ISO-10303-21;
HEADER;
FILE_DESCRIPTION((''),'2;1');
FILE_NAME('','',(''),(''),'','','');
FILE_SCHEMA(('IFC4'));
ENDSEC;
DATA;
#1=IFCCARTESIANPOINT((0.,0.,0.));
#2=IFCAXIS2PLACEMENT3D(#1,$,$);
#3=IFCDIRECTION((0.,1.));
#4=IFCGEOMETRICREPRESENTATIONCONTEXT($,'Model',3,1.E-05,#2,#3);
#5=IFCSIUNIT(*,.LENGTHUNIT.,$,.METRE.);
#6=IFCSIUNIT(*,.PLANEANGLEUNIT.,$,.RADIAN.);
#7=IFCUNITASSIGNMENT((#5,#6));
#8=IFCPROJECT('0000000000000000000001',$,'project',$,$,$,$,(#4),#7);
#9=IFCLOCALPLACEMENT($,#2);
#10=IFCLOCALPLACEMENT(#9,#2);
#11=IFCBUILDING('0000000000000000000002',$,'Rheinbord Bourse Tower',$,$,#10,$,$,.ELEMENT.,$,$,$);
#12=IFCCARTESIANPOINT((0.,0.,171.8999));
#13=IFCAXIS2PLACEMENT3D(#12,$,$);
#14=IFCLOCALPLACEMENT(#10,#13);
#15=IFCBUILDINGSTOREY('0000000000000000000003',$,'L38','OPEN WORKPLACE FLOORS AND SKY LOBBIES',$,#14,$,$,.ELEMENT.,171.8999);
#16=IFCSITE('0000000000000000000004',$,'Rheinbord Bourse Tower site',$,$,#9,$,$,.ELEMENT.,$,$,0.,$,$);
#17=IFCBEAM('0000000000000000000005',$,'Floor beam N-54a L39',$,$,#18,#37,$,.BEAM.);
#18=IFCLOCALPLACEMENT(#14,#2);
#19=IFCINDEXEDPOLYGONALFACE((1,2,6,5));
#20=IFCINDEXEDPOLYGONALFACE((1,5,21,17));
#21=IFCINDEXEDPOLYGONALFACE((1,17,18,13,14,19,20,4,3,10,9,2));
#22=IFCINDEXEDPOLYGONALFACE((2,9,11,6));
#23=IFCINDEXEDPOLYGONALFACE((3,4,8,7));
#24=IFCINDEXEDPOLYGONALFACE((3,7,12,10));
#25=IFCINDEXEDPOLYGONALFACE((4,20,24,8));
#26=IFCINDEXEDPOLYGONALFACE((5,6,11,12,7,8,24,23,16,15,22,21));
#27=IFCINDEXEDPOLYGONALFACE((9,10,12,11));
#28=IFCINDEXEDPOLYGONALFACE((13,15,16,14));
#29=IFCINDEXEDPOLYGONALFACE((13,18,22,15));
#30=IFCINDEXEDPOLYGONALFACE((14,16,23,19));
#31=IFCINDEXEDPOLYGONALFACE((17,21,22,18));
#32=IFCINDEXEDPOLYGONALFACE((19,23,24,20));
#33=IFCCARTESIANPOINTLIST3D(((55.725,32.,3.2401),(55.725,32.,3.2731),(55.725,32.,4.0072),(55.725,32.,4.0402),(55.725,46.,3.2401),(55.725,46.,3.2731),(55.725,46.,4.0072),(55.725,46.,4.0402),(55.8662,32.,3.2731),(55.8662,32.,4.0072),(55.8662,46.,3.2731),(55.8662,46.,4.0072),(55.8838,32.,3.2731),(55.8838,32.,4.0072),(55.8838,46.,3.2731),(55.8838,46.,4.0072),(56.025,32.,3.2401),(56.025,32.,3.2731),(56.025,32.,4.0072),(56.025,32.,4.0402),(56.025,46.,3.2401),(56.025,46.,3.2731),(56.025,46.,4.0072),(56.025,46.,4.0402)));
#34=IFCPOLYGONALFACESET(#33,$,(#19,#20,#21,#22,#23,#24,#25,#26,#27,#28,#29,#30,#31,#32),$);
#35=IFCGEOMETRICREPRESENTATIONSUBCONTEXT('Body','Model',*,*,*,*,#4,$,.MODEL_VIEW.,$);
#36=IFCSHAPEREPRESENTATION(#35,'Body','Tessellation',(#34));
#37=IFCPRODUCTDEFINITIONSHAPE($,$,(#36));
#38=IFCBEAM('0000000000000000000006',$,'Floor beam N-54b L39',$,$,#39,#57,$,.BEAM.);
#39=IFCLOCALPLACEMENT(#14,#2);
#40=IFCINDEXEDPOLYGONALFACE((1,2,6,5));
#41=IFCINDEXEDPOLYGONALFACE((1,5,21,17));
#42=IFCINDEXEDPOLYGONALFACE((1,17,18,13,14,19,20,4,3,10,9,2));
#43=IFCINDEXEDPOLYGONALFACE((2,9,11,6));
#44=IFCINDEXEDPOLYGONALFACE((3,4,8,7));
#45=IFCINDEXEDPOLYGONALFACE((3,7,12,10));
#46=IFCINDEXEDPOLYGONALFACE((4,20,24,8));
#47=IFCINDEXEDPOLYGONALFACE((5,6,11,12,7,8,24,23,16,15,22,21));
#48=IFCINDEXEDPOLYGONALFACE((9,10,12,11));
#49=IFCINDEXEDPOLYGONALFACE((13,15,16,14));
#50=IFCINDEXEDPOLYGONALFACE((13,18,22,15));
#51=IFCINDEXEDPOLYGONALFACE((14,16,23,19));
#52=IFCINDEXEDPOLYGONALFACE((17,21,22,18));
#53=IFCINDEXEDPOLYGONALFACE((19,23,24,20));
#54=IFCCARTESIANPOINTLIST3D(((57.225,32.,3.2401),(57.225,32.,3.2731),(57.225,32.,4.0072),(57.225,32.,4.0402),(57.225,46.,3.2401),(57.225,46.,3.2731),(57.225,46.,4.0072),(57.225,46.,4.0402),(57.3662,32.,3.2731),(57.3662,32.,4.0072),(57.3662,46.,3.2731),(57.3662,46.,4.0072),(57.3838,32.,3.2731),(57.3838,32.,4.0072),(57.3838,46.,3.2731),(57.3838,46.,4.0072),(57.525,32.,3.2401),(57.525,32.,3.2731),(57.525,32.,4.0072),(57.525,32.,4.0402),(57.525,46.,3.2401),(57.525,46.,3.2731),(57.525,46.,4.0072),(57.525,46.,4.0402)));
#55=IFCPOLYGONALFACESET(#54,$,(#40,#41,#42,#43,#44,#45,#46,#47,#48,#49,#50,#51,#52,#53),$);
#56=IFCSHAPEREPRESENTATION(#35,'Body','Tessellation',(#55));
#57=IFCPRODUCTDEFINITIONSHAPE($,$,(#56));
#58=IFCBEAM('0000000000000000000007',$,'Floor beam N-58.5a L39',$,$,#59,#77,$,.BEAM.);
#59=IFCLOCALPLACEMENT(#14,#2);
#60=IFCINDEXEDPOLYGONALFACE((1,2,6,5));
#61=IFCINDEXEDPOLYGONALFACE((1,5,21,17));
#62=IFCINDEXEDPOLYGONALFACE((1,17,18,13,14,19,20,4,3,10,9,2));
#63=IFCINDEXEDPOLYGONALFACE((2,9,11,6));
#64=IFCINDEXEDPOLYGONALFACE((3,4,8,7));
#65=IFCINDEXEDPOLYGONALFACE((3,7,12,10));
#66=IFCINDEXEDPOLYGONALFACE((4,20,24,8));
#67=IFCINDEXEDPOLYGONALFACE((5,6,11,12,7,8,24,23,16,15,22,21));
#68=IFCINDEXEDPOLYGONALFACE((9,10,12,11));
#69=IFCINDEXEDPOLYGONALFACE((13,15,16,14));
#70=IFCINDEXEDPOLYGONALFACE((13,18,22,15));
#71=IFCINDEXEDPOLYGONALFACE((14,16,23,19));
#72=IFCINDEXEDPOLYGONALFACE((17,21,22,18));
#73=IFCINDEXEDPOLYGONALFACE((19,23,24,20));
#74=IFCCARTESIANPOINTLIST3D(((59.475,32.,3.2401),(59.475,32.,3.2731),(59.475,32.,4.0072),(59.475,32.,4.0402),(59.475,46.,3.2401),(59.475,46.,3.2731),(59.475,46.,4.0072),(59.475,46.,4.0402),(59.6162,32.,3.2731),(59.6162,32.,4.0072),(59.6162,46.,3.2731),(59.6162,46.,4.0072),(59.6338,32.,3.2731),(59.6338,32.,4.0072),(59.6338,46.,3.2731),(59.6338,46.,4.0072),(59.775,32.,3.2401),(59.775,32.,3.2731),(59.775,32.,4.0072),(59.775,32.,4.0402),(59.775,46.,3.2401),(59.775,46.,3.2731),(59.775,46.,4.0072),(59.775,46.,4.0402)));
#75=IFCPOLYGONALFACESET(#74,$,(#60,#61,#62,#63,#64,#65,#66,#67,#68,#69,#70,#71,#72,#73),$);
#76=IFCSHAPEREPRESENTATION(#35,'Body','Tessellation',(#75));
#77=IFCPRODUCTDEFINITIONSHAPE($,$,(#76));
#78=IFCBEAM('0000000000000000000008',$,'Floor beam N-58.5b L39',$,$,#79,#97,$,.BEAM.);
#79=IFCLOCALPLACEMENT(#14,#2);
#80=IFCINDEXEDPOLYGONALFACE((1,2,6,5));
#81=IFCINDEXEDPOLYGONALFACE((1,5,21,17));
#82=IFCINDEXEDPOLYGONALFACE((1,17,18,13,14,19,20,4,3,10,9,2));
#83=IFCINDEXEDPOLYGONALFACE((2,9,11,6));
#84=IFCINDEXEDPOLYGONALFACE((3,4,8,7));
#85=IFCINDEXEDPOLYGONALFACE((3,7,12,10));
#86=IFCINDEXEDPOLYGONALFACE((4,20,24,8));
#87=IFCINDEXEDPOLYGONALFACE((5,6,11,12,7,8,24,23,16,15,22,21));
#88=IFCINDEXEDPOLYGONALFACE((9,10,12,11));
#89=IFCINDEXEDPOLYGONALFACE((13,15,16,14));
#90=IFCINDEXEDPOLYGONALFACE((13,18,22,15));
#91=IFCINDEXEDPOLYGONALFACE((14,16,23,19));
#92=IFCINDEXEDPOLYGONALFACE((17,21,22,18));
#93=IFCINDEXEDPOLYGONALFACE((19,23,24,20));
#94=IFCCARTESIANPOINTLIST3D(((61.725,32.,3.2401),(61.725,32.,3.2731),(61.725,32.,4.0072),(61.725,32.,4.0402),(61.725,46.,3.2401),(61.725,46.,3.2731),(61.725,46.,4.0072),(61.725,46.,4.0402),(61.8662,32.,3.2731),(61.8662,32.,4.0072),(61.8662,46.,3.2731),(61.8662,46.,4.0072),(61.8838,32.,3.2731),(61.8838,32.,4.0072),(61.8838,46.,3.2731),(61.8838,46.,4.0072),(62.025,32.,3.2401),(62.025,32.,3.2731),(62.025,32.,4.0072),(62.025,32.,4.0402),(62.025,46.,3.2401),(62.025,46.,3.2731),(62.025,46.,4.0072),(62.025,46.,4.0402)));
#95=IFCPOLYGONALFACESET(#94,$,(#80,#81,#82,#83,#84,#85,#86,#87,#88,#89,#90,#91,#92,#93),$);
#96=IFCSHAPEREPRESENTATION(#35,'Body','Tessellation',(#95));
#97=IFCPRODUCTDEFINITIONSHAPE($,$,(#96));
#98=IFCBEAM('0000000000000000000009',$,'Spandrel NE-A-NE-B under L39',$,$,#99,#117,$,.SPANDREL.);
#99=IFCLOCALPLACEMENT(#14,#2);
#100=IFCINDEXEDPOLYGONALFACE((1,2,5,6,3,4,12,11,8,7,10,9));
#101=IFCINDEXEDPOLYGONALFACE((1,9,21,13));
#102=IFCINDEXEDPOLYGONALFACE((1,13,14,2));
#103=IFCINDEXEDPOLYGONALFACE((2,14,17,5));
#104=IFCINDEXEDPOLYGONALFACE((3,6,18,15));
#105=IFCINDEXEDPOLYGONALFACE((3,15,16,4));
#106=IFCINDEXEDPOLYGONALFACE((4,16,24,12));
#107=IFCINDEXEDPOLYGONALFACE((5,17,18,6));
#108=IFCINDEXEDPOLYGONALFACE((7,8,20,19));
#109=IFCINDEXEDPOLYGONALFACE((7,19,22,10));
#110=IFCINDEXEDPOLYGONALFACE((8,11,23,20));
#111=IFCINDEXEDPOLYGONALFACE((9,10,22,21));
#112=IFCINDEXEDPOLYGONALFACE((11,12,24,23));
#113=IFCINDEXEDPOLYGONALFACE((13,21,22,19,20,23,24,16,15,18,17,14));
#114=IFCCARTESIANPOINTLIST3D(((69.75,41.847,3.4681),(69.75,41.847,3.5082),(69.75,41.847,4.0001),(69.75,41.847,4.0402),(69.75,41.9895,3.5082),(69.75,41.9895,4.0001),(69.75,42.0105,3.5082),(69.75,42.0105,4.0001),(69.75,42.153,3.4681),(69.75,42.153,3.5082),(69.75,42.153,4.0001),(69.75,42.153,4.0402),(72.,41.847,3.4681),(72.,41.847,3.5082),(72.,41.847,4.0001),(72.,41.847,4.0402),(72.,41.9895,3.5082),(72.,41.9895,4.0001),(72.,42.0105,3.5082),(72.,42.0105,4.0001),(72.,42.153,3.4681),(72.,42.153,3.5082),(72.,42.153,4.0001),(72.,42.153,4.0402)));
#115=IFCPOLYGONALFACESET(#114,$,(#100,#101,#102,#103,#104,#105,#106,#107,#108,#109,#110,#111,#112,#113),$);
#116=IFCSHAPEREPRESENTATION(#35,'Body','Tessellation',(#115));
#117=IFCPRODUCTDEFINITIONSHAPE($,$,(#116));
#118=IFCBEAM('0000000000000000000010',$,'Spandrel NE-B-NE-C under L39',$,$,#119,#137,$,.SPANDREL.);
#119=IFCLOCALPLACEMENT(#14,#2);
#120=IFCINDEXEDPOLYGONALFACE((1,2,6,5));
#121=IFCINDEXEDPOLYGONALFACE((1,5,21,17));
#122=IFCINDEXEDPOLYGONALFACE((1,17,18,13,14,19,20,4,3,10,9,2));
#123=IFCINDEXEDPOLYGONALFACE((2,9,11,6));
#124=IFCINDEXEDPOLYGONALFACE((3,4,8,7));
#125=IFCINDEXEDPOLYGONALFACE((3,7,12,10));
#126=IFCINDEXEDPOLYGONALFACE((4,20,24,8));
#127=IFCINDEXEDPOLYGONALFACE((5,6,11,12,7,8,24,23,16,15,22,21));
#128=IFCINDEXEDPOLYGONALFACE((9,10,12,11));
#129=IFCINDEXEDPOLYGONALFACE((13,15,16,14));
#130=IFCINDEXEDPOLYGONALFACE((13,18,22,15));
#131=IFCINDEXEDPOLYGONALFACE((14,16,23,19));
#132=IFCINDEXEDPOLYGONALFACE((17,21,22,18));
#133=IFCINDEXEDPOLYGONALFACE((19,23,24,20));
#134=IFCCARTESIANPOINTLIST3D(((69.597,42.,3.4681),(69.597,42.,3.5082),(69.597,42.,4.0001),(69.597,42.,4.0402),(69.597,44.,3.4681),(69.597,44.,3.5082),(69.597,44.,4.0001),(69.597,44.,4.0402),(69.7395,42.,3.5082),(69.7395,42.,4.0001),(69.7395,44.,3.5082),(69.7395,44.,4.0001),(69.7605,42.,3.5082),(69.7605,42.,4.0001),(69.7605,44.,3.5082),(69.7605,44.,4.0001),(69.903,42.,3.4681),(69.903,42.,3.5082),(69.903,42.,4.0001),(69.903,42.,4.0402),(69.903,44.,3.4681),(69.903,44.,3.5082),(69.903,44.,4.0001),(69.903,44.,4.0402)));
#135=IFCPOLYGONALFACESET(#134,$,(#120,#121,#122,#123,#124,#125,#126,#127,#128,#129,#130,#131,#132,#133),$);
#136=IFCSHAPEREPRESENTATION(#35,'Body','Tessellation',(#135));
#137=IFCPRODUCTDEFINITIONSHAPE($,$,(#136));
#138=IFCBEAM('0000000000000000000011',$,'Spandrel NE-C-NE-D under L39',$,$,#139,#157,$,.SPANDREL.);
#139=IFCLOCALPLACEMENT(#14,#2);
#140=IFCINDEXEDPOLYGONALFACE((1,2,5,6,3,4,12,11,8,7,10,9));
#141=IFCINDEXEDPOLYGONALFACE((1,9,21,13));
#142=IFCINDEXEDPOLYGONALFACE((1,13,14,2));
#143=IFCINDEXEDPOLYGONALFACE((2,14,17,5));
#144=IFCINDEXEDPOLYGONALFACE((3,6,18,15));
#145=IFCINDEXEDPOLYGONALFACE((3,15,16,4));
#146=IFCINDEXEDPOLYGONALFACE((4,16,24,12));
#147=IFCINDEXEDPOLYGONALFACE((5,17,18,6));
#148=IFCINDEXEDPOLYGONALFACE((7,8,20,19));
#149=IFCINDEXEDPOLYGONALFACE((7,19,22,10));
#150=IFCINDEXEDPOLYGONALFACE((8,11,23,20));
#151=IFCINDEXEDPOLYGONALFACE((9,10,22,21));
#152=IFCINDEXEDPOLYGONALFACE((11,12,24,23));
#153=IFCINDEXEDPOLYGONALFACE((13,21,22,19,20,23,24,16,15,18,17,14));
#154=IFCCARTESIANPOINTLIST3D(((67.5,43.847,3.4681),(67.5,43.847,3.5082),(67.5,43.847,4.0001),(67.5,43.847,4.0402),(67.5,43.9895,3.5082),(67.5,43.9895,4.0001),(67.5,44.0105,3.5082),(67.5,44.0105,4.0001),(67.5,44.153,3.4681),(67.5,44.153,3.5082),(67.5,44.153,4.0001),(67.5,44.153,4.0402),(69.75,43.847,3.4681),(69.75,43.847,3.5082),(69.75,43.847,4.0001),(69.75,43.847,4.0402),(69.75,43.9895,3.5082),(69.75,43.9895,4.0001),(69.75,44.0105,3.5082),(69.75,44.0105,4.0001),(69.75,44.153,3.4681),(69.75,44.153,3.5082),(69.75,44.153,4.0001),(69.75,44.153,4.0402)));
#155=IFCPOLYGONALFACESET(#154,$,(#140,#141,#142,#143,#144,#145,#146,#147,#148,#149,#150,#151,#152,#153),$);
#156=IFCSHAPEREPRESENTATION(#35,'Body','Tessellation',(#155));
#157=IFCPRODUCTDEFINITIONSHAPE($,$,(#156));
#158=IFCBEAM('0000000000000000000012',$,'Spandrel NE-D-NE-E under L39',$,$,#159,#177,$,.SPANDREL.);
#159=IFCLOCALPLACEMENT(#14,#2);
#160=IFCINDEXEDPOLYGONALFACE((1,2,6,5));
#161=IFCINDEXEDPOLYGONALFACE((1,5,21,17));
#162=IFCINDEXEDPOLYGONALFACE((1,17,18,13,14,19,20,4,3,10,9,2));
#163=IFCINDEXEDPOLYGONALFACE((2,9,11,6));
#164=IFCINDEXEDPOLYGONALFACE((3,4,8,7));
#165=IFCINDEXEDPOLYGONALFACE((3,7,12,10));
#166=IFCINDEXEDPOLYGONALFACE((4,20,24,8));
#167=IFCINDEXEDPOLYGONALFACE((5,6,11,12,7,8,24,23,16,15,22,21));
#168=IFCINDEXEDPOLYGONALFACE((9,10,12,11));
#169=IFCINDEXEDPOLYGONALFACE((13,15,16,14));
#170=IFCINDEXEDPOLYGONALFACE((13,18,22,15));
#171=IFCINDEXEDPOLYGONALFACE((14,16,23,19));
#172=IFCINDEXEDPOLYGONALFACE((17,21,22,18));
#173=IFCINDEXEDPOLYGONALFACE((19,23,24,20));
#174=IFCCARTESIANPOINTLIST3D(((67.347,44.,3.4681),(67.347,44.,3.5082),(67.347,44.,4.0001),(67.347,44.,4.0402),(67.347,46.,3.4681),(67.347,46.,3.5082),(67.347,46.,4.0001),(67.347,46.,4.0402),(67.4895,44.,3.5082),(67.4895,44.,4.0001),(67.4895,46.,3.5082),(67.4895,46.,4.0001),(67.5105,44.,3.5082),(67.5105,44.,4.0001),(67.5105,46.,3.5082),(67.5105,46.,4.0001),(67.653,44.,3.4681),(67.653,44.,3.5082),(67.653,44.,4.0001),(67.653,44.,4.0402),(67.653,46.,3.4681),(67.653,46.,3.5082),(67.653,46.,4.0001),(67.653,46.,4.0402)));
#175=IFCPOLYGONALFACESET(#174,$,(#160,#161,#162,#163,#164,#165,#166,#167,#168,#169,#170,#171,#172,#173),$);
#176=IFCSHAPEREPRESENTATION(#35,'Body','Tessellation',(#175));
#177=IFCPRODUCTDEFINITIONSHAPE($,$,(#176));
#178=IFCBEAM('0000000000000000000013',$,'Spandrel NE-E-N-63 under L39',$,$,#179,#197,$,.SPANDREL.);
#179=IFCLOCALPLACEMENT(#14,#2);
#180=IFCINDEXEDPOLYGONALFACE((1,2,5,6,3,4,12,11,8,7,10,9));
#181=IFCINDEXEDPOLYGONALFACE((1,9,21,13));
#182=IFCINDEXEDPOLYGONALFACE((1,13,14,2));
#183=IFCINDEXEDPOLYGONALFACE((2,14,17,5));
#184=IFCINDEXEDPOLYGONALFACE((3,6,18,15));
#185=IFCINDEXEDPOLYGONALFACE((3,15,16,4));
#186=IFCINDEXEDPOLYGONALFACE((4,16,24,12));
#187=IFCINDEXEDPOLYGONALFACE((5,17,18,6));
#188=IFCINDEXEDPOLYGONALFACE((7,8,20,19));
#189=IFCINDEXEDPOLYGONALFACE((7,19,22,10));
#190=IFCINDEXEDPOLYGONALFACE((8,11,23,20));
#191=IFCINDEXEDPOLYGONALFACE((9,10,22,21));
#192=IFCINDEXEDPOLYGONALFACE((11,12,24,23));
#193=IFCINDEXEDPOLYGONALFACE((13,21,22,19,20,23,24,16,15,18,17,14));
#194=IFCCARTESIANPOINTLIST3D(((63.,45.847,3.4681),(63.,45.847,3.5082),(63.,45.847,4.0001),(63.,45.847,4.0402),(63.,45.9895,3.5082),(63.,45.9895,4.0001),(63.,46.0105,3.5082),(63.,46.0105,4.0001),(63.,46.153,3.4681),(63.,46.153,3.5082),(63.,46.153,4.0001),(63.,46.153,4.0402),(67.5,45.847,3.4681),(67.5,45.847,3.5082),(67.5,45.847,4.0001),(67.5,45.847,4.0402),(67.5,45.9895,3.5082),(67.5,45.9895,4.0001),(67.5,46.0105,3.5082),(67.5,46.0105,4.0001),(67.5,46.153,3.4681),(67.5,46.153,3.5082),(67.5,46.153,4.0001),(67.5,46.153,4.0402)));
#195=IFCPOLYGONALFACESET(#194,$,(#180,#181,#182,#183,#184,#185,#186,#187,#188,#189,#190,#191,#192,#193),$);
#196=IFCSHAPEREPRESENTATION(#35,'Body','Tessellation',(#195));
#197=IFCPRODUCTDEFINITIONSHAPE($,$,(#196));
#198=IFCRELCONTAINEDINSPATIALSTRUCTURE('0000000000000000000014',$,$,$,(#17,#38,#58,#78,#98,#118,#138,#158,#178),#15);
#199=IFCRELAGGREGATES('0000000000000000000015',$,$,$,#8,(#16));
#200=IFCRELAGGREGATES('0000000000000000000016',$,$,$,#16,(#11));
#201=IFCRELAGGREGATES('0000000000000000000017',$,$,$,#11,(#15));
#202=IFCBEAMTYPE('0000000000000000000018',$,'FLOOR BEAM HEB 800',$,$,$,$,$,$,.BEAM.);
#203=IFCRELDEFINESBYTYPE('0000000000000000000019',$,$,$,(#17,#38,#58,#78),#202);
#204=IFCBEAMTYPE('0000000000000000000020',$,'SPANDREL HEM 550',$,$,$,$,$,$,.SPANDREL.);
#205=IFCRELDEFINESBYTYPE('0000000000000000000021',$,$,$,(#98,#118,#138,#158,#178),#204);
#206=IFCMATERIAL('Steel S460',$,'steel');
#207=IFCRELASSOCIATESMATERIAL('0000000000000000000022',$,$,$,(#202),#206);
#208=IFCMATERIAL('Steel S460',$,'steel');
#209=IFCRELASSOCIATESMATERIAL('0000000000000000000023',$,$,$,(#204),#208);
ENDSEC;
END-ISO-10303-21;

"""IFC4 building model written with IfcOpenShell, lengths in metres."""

from ifc_helpers import new_model, si_unit, direction, frame, origin, origin_2d, place, context, subcontext, project, spatial, i_section, extrude, material, material_profile, profile_set, type_object, element, save


model = new_model("IFC4")

# Units and contexts
model_context = context("Model", 3, precision=1e-05, world=origin(), true_north=direction((0.0, 1.0)))
body_context = subcontext(model_context, "Body", "Model", "MODEL_VIEW")
ifc_project = project(units=[si_unit("LENGTHUNIT", "METRE"), si_unit("PLANEANGLEUNIT", "RADIAN")], contexts=[model_context])

# Site, building, storey
site_placement = place(None, origin())
site = spatial("IfcSite", under=ifc_project, at=site_placement, Name="Rheinbord Bourse Tower site", CompositionType="ELEMENT", RefElevation=0.0)
building_placement = place(site_placement, origin())
building = spatial("IfcBuilding", under=site, at=building_placement, Name="Rheinbord Bourse Tower", CompositionType="ELEMENT")
storey_placement = place(building_placement, frame((0.0, 0.0, 171.8999)))
storey = spatial("IfcBuildingStorey", under=building, at=storey_placement, Name="L38", Description="OPEN WORKPLACE FLOORS AND SKY LOBBIES", CompositionType="ELEMENT", Elevation=171.8999)

# Beams
ifc_material_1 = material(Name="Steel S460", Category="steel")
ifc_material_profile_1 = material_profile(ifc_material_1, i_section(OverallWidth=0.3, OverallDepth=0.8, WebThickness=0.0176, FlangeThickness=0.033, at=origin_2d()), Name="HEB 800")
ifc_profile_set_1 = profile_set([ifc_material_profile_1], Name="Steel S460")
beam_type_1 = type_object("IfcBeamType", Name="FLOOR BEAM HEB 800", PredefinedType="BEAM", material=ifc_profile_set_1)
for number, where, z_axis, x_axis, name in (
    (1, (55.875, 46.0, 3.6401), (0.0, -1.0, 0.0), (1.0, 0.0, 0.0), "Floor beam N-54a L39"),
    (2, (57.375, 46.0, 3.6401), (0.0, -1.0, 0.0), (1.0, 0.0, 0.0), "Floor beam N-54b L39"),
    (3, (59.625, 46.0, 3.6401), (0.0, -1.0, 0.0), (1.0, 0.0, 0.0), "Floor beam N-58.5a L39"),
    (4, (61.875, 46.0, 3.6401), (0.0, -1.0, 0.0), (1.0, 0.0, 0.0), "Floor beam N-58.5b L39"),
):
    element("IfcBeam", number, at=place(storey_placement, frame(where, z_axis=z_axis, x_axis=x_axis)), inside=storey, type_object=beam_type_1, Name=name, PredefinedType="BEAM", context=body_context, shape_type="SweptSolid", body=[
        extrude(i_section(OverallWidth=0.3, OverallDepth=0.8, WebThickness=0.0176, FlangeThickness=0.033, at=origin_2d()), origin(), (0.0, 0.0, 1.0), 14.0),
    ])
ifc_material_2 = material(Name="Steel S460", Category="steel")
ifc_material_profile_2 = material_profile(ifc_material_2, i_section(OverallWidth=0.3059, OverallDepth=0.572, WebThickness=0.021, FlangeThickness=0.04, at=origin_2d()), Name="HEM 550")
ifc_profile_set_2 = profile_set([ifc_material_profile_2], Name="Steel S460")
beam_type_2 = type_object("IfcBeamType", Name="SPANDREL HEM 550", PredefinedType="SPANDREL", material=ifc_profile_set_2)
beam_1_placement = place(storey_placement, frame((72.0, 42.0, 3.7542), z_axis=(-1.0, 0.0, 0.0), x_axis=(0.0, -1.0, 0.0)))
element("IfcBeam", 5, at=beam_1_placement, inside=storey, type_object=beam_type_2, Name="Spandrel NE-A-NE-B under L39", PredefinedType="SPANDREL", context=body_context, shape_type="SweptSolid", body=[
    extrude(i_section(OverallWidth=0.3059, OverallDepth=0.572, WebThickness=0.021, FlangeThickness=0.04, at=origin_2d()), origin(), (0.0, 0.0, 1.0), 2.25),
])
beam_2_placement = place(storey_placement, frame((69.75, 42.0, 3.7542), z_axis=(0.0, 1.0, 0.0), x_axis=(-1.0, 0.0, 0.0)))
element("IfcBeam", 6, at=beam_2_placement, inside=storey, type_object=beam_type_2, Name="Spandrel NE-B-NE-C under L39", PredefinedType="SPANDREL", context=body_context, shape_type="SweptSolid", body=[
    extrude(i_section(OverallWidth=0.3059, OverallDepth=0.572, WebThickness=0.021, FlangeThickness=0.04, at=origin_2d()), origin(), (0.0, 0.0, 1.0), 2.0),
])
beam_3_placement = place(storey_placement, frame((69.75, 44.0, 3.7542), z_axis=(-1.0, 0.0, 0.0), x_axis=(0.0, -1.0, 0.0)))
element("IfcBeam", 7, at=beam_3_placement, inside=storey, type_object=beam_type_2, Name="Spandrel NE-C-NE-D under L39", PredefinedType="SPANDREL", context=body_context, shape_type="SweptSolid", body=[
    extrude(i_section(OverallWidth=0.3059, OverallDepth=0.572, WebThickness=0.021, FlangeThickness=0.04, at=origin_2d()), origin(), (0.0, 0.0, 1.0), 2.25),
])
beam_4_placement = place(storey_placement, frame((67.5, 44.0, 3.7542), z_axis=(0.0, 1.0, 0.0), x_axis=(-1.0, 0.0, 0.0)))
element("IfcBeam", 8, at=beam_4_placement, inside=storey, type_object=beam_type_2, Name="Spandrel NE-D-NE-E under L39", PredefinedType="SPANDREL", context=body_context, shape_type="SweptSolid", body=[
    extrude(i_section(OverallWidth=0.3059, OverallDepth=0.572, WebThickness=0.021, FlangeThickness=0.04, at=origin_2d()), origin(), (0.0, 0.0, 1.0), 2.0),
])
for number, where, z_axis, x_axis, name in (
    (9, (67.5, 46.0, 3.7542), (-1.0, 0.0, 0.0), (0.0, -1.0, 0.0), "Spandrel NE-E-N-63 under L39"),
):
    element("IfcBeam", number, at=place(storey_placement, frame(where, z_axis=z_axis, x_axis=x_axis)), inside=storey, type_object=beam_type_2, Name=name, PredefinedType="SPANDREL", context=body_context, shape_type="SweptSolid", body=[
        extrude(i_section(OverallWidth=0.3059, OverallDepth=0.572, WebThickness=0.021, FlangeThickness=0.04, at=origin_2d()), origin(), (0.0, 0.0, 1.0), 4.5),
    ])

save(model, "model.ifc")
